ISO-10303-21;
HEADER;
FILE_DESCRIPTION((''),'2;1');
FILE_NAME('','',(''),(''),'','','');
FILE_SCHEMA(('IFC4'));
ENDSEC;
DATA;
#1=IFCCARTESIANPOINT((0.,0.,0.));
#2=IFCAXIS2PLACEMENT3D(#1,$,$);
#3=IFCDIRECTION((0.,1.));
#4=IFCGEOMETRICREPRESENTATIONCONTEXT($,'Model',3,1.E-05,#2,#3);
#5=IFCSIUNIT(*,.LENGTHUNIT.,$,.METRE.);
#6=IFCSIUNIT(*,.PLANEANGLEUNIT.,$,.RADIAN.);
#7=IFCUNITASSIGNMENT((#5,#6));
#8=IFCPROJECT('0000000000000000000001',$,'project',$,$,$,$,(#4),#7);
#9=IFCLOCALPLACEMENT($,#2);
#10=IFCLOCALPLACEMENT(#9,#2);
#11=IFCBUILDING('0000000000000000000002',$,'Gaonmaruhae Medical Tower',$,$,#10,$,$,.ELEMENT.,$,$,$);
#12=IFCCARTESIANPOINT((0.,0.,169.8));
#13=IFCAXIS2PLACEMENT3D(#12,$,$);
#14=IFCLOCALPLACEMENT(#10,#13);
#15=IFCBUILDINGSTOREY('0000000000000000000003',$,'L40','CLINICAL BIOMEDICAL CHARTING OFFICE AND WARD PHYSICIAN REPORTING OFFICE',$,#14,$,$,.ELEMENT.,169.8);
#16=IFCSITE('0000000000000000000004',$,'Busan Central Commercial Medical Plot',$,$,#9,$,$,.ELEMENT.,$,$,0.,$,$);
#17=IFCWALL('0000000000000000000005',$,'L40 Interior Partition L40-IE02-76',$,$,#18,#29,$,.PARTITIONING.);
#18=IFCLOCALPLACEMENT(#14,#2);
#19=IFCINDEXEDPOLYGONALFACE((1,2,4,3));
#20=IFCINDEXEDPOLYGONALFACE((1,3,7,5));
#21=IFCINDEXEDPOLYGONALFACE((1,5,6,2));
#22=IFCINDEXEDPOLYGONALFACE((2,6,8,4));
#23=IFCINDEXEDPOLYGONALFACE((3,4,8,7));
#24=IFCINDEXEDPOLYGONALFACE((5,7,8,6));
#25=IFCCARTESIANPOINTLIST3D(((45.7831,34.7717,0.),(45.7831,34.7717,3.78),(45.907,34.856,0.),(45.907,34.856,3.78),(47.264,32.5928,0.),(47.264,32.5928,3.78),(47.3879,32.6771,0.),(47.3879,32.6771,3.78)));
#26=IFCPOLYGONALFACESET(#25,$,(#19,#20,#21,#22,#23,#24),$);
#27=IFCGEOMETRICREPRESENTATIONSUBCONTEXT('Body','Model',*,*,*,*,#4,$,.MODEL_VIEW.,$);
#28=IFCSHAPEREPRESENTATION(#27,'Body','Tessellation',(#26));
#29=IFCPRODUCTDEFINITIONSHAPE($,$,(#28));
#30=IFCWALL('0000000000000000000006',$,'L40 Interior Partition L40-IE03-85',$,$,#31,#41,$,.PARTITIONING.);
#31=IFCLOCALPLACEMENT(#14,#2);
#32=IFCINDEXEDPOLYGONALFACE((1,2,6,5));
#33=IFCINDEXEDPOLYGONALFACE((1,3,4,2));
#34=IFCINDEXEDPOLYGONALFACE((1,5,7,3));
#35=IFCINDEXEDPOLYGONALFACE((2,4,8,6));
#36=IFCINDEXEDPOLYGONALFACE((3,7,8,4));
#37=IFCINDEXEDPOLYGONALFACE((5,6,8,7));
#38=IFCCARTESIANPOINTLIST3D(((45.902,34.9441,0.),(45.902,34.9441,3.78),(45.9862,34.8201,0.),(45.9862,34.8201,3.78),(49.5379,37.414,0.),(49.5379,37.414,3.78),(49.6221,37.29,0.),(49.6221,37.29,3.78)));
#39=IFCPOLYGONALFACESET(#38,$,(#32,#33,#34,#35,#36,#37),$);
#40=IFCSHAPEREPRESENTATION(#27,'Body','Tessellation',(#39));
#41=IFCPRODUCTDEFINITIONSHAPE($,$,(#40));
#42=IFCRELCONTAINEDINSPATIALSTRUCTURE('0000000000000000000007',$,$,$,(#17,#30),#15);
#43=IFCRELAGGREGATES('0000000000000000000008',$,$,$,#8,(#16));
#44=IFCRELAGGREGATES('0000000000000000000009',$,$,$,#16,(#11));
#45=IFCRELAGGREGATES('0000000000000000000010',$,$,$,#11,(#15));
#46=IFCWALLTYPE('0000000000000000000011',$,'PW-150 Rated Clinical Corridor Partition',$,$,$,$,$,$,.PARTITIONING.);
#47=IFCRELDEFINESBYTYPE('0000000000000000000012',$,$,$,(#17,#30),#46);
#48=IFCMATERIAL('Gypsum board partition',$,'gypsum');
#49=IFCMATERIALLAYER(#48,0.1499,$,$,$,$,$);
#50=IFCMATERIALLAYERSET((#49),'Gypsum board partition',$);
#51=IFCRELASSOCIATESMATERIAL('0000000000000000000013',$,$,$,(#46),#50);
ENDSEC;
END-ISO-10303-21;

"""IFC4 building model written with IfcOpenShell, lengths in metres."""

from ifc_helpers import new_model, si_unit, direction, frame, frame_2d, origin, place, context, subcontext, project, spatial, rectangle, extrude, material, layer, layer_set, type_object, element, save


model = new_model("IFC4")

# Units and contexts
model_context = context("Model", 3, precision=1e-05, world=origin(), true_north=direction((0.0, 1.0)))
body_context = subcontext(model_context, "Body", "Model", "MODEL_VIEW")
ifc_project = project(units=[si_unit("LENGTHUNIT", "METRE"), si_unit("PLANEANGLEUNIT", "RADIAN")], contexts=[model_context])

# Site, building, storey
site_placement = place(None, origin())
site = spatial("IfcSite", under=ifc_project, at=site_placement, Name="Busan Central Commercial Medical Plot", CompositionType="ELEMENT", RefElevation=0.0)
building_placement = place(site_placement, origin())
building = spatial("IfcBuilding", under=site, at=building_placement, Name="Gaonmaruhae Medical Tower", CompositionType="ELEMENT")
storey_placement = place(building_placement, frame((0.0, 0.0, 169.8)))
storey = spatial("IfcBuildingStorey", under=building, at=storey_placement, Name="L40", Description="CLINICAL BIOMEDICAL CHARTING OFFICE AND WARD PHYSICIAN REPORTING OFFICE", CompositionType="ELEMENT", Elevation=169.8)

# Shared definitions
ifc_material_1 = material(Name="Gypsum board partition", Category="gypsum")
ifc_layer_1 = layer(ifc_material_1, 0.1499)
ifc_layer_set_1 = layer_set([ifc_layer_1], Name="Gypsum board partition")
wall_type_1 = type_object("IfcWallType", Name="PW-150 Rated Clinical Corridor Partition", PredefinedType="PARTITIONING", material=ifc_layer_set_1)

# Walls
wall_1_placement = place(storey_placement, frame((45.845, 34.814, 0.0), z_axis=(0.0, 0.0, 1.0), x_axis=(0.56212, -0.827056, 0.0)))
element("IfcWall", 1, at=wall_1_placement, inside=storey, type_object=wall_type_1, Name="L40 Interior Partition L40-IE02-76", PredefinedType="PARTITIONING", context=body_context, shape_type="SweptSolid", body=[
    extrude(rectangle(XDim=2.6345, YDim=0.1499, at=frame_2d((1.3174, 0.0))), origin(), (0.0, 0.0, 1.0), 3.78),
])
wall_2_placement = place(storey_placement, frame((45.9441, 34.8821, 0.0), z_axis=(0.0, 0.0, 1.0), x_axis=(0.827191, 0.561921, 0.0)))
element("IfcWall", 2, at=wall_2_placement, inside=storey, type_object=wall_type_1, Name="L40 Interior Partition L40-IE03-85", PredefinedType="PARTITIONING", context=body_context, shape_type="SweptSolid", body=[
    extrude(rectangle(XDim=4.3955, YDim=0.1499, at=frame_2d((2.1978, 0.0))), origin(), (0.0, 0.0, 1.0), 3.78),
])

save(model, "model.ifc")
